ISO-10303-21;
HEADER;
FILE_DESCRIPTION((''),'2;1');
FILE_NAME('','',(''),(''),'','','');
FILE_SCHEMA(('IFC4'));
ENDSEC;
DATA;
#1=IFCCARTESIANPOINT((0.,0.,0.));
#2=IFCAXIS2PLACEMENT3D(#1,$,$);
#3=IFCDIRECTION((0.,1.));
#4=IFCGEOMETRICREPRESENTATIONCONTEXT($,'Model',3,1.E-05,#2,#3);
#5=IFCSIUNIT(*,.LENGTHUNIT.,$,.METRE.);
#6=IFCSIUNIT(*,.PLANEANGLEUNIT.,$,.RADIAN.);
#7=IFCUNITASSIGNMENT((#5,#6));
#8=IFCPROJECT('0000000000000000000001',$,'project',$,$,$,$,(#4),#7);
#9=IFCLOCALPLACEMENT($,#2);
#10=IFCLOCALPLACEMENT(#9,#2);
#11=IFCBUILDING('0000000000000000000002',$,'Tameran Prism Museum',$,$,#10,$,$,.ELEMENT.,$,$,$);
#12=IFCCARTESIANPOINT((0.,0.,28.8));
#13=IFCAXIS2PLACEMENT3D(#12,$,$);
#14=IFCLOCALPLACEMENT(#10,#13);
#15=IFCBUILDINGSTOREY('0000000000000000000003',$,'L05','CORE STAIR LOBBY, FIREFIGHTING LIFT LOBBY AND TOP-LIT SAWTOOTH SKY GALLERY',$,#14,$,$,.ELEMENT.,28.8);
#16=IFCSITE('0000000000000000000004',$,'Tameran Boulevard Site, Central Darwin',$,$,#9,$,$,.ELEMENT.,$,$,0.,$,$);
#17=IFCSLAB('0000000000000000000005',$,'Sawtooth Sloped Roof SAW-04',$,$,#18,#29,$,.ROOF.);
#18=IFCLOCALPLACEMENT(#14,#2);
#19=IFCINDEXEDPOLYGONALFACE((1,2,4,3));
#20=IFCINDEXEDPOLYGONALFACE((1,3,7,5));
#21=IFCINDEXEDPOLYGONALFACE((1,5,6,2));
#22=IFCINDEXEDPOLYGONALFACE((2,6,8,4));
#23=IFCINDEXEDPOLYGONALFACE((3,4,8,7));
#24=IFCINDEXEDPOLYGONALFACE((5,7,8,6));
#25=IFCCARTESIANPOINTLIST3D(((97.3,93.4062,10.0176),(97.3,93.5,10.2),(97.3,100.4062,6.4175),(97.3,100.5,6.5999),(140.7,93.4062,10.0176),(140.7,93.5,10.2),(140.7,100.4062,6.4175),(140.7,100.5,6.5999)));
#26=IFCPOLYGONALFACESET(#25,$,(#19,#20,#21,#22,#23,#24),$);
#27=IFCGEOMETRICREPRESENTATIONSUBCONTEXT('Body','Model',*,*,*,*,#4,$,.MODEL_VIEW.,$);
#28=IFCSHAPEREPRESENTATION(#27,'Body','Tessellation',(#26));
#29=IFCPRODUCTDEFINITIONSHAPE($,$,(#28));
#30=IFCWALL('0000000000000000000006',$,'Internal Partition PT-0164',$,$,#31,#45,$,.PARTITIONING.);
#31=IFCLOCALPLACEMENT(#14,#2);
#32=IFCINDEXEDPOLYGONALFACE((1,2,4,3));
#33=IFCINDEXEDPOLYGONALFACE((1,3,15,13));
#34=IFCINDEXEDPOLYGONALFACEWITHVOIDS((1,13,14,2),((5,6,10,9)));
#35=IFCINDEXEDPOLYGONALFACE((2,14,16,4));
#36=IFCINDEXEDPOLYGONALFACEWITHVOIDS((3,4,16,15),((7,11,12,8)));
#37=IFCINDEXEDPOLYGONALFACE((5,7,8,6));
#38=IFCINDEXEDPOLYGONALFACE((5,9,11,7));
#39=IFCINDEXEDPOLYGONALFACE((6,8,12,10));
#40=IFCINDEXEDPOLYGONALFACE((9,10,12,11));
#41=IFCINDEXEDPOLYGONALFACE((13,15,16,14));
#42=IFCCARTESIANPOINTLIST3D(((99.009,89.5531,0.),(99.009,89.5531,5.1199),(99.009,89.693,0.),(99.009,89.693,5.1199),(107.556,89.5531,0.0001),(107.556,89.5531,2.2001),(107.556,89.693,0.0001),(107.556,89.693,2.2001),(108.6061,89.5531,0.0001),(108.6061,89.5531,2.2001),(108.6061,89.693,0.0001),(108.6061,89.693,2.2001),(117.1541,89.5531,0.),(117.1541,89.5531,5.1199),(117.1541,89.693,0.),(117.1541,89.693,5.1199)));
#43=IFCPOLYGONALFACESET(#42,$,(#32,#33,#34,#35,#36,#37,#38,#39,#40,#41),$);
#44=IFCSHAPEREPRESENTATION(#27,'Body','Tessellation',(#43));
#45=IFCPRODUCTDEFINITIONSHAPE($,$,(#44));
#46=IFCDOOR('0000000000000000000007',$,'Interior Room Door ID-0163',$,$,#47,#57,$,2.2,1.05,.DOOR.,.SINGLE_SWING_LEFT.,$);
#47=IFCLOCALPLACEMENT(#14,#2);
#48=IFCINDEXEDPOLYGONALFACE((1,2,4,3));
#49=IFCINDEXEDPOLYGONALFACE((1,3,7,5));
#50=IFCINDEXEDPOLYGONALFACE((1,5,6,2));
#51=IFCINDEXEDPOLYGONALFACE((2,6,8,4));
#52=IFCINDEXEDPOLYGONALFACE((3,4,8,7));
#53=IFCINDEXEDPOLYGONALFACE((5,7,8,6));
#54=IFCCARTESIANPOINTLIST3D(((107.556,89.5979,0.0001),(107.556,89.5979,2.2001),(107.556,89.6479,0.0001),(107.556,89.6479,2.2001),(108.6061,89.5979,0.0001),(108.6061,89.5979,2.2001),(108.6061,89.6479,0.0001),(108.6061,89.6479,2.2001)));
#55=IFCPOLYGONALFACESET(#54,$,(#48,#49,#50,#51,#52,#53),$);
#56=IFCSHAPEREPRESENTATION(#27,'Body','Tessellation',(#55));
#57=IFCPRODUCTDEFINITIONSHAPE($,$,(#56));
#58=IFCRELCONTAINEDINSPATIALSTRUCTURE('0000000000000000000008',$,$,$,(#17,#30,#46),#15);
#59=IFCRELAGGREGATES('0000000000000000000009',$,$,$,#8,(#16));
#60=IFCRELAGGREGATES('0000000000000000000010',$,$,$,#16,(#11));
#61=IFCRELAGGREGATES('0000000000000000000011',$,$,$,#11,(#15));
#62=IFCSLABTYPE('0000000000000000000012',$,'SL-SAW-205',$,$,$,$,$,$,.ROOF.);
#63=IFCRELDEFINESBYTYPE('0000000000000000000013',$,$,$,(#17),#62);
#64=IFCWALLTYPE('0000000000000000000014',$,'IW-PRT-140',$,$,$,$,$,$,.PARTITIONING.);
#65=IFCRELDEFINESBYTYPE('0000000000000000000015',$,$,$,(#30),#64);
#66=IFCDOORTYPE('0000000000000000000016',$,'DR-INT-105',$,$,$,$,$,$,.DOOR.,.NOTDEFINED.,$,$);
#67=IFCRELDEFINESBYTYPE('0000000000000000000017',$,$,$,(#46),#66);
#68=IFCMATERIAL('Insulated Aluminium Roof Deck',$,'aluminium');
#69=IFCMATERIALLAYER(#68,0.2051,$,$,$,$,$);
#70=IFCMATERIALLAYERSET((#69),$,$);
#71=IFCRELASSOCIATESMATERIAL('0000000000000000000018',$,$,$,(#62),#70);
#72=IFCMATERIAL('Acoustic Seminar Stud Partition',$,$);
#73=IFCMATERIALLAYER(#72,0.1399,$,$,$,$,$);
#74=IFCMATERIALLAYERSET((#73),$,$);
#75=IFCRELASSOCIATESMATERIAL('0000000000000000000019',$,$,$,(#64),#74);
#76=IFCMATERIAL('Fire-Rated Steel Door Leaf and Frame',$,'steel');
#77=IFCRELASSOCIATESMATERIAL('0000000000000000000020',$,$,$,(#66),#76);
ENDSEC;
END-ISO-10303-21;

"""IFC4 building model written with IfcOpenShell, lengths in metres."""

from ifc_helpers import new_model, si_unit, direction, frame, frame_2d, origin, place, context, subcontext, project, spatial, polyline, rectangle, outline, extrude, material, layer, layer_set, type_object, element, fill, save


model = new_model("IFC4")

# Units and contexts
model_context = context("Model", 3, precision=1e-05, world=origin(), true_north=direction((0.0, 1.0)))
body_context = subcontext(model_context, "Body", "Model", "MODEL_VIEW")
ifc_project = project(units=[si_unit("LENGTHUNIT", "METRE"), si_unit("PLANEANGLEUNIT", "RADIAN")], contexts=[model_context])

# Site, building, storey
site_placement = place(None, origin())
site = spatial("IfcSite", under=ifc_project, at=site_placement, Name="Tameran Boulevard Site, Central Darwin", CompositionType="ELEMENT", RefElevation=0.0)
building_placement = place(site_placement, origin())
building = spatial("IfcBuilding", under=site, at=building_placement, Name="Tameran Prism Museum", CompositionType="ELEMENT")
storey_placement = place(building_placement, frame((0.0, 0.0, 28.8)))
storey = spatial("IfcBuildingStorey", under=building, at=storey_placement, Name="L05", Description="CORE STAIR LOBBY, FIREFIGHTING LIFT LOBBY AND TOP-LIT SAWTOOTH SKY GALLERY", CompositionType="ELEMENT", Elevation=28.8)

# Slab
ifc_material_1 = material(Name="Insulated Aluminium Roof Deck", Category="aluminium")
ifc_layer_1 = layer(ifc_material_1, 0.2051)
ifc_layer_set_1 = layer_set([ifc_layer_1])
slab_type = type_object("IfcSlabType", Name="SL-SAW-205", PredefinedType="ROOF", material=ifc_layer_set_1)
slab_placement = place(storey_placement, frame((97.3, 93.5, 10.2), z_axis=(0.0, 0.457358, 0.889283), x_axis=(1.0, 0.0, 0.0)))
element("IfcSlab", 1, at=slab_placement, inside=storey, type_object=slab_type, Name="Sawtooth Sloped Roof SAW-04", PredefinedType="ROOF", context=body_context, shape_type="SweptSolid", body=[
    extrude(outline(polyline([(0.0, 0.0), (43.3999, 0.0), (43.3999, 7.8715), (0.0, 7.8715), (0.0, 0.0)])), origin(), (0.0, 0.0, -1.0), 0.2051),
])

# Wall, opening, door
ifc_material_2 = material(Name="Acoustic Seminar Stud Partition")
ifc_layer_2 = layer(ifc_material_2, 0.1399)
ifc_layer_set_2 = layer_set([ifc_layer_2])
wall_type = type_object("IfcWallType", Name="IW-PRT-140", PredefinedType="PARTITIONING", material=ifc_layer_set_2)
wall_placement = place(storey_placement, frame((99.009, 89.623, 0.0), z_axis=(0.0, 0.0, 1.0), x_axis=(1.0, 0.0, 0.0)))
wall = element("IfcWall", 2, at=wall_placement, inside=storey, type_object=wall_type, Name="Internal Partition PT-0164", PredefinedType="PARTITIONING", context=body_context, shape_type="SweptSolid", body=[
    extrude(rectangle(XDim=18.145, YDim=0.1399, at=frame_2d((9.0725, 0.0))), origin(), (0.0, 0.0, 1.0), 5.1199),
])
opening_placement = place(wall_placement, frame((8.5471, 0.0, 0.0)))
opening = element("IfcOpeningElement", 3, at=opening_placement, cuts=wall, PredefinedType="OPENING", context=body_context, shape_type="SweptSolid", body=[
    extrude(rectangle(XDim=1.05, YDim=2.2, at=frame_2d((0.5249, 1.1001))), frame((0.0, 0.0798, 0.0), z_axis=(0.0, -1.0, 0.0), x_axis=(1.0, 0.0, 0.0)), (0.0, 0.0, 1.0), 0.1599),
])
ifc_material_3 = material(Name="Fire-Rated Steel Door Leaf and Frame", Category="steel")
door_type = type_object("IfcDoorType", Name="DR-INT-105", OperationType="NOTDEFINED", PredefinedType="DOOR", material=ifc_material_3)
door_placement = place(opening_placement, origin())
door = element("IfcDoor", 4, at=door_placement, inside=storey, type_object=door_type, Name="Interior Room Door ID-0163", OperationType="SINGLE_SWING_LEFT", OverallHeight=2.2, OverallWidth=1.05, PredefinedType="DOOR", context=body_context, shape_type="SweptSolid", body=[
    extrude(rectangle(XDim=1.05, YDim=2.2, at=frame_2d((0.5249, 1.1001))), frame((0.0, 0.0249, 0.0), z_axis=(0.0, -1.0, 0.0), x_axis=(1.0, 0.0, 0.0)), (0.0, 0.0, 1.0), 0.05),
])
fill(opening, door)

save(model, "model.ifc")
